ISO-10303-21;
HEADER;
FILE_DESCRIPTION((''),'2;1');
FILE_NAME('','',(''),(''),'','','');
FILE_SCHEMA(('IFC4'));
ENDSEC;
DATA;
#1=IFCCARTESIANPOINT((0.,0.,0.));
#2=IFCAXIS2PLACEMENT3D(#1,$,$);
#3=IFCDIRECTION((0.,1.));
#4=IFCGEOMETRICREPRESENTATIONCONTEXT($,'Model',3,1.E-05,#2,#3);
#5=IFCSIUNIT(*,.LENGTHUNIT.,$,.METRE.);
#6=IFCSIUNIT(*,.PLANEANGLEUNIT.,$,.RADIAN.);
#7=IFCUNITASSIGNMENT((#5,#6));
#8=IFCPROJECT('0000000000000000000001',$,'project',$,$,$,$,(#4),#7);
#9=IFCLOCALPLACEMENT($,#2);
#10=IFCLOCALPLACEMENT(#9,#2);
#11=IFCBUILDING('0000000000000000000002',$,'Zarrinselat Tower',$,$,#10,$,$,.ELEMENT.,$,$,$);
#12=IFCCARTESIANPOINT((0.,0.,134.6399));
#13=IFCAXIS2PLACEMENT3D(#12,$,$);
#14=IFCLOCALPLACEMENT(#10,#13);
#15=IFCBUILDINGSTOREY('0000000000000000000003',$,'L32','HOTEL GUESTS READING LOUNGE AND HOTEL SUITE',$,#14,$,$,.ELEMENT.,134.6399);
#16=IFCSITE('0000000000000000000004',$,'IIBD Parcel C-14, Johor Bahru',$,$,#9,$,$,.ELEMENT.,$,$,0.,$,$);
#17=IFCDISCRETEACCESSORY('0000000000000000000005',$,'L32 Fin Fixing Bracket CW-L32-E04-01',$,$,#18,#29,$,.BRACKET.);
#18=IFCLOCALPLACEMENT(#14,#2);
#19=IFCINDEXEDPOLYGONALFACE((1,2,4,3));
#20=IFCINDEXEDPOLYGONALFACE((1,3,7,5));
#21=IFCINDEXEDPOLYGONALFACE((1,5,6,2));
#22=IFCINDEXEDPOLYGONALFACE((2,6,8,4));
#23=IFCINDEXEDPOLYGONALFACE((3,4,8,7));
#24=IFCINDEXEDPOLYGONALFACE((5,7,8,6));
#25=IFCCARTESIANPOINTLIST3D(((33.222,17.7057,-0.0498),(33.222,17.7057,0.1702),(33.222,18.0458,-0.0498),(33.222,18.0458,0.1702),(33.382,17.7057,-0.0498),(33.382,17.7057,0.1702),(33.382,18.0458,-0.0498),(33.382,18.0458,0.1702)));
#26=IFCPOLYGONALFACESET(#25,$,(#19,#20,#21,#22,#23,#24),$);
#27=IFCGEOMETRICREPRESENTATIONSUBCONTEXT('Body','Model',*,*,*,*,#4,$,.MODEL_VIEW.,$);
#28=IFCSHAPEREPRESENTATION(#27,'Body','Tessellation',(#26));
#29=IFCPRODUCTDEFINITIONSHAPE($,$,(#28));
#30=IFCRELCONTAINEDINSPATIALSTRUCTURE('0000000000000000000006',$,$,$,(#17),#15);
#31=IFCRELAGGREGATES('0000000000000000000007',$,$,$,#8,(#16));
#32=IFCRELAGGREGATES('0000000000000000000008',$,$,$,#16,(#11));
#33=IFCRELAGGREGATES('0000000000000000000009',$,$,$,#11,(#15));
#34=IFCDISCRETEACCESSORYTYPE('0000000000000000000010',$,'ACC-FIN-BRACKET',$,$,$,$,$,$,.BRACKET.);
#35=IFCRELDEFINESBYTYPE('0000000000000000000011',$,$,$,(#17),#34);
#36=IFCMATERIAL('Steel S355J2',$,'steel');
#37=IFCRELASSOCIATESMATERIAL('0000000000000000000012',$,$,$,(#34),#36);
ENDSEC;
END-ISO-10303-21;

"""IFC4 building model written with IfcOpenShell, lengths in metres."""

from ifc_helpers import new_model, si_unit, direction, frame, origin, origin_2d, place, context, subcontext, project, spatial, rectangle, extrude, material, type_object, element, save


model = new_model("IFC4")

# Units and contexts
model_context = context("Model", 3, precision=1e-05, world=origin(), true_north=direction((0.0, 1.0)))
body_context = subcontext(model_context, "Body", "Model", "MODEL_VIEW")
ifc_project = project(units=[si_unit("LENGTHUNIT", "METRE"), si_unit("PLANEANGLEUNIT", "RADIAN")], contexts=[model_context])

# Site, building, storey
site_placement = place(None, origin())
site = spatial("IfcSite", under=ifc_project, at=site_placement, Name="IIBD Parcel C-14, Johor Bahru", CompositionType="ELEMENT", RefElevation=0.0)
building_placement = place(site_placement, origin())
building = spatial("IfcBuilding", under=site, at=building_placement, Name="Zarrinselat Tower", CompositionType="ELEMENT")
storey_placement = place(building_placement, frame((0.0, 0.0, 134.6399)))
storey = spatial("IfcBuildingStorey", under=building, at=storey_placement, Name="L32", Description="HOTEL GUESTS READING LOUNGE AND HOTEL SUITE", CompositionType="ELEMENT", Elevation=134.6399)

# Discrete accessory
ifc_material_1 = material(Name="Steel S355J2", Category="steel")
discrete_accessory_type = type_object("IfcDiscreteAccessoryType", Name="ACC-FIN-BRACKET", PredefinedType="BRACKET", material=ifc_material_1)
discrete_accessory_placement = place(storey_placement, frame((33.302, 17.8757, -0.0498), z_axis=(0.0, 0.0, 1.0), x_axis=(0.0, -1.0, 0.0)))
element("IfcDiscreteAccessory", 1, at=discrete_accessory_placement, inside=storey, type_object=discrete_accessory_type, Name="L32 Fin Fixing Bracket CW-L32-E04-01", PredefinedType="BRACKET", context=body_context, shape_type="SweptSolid", body=[
    extrude(rectangle(XDim=0.3401, YDim=0.1599, at=origin_2d()), origin(), (0.0, 0.0, 1.0), 0.22),
])

save(model, "model.ifc")
